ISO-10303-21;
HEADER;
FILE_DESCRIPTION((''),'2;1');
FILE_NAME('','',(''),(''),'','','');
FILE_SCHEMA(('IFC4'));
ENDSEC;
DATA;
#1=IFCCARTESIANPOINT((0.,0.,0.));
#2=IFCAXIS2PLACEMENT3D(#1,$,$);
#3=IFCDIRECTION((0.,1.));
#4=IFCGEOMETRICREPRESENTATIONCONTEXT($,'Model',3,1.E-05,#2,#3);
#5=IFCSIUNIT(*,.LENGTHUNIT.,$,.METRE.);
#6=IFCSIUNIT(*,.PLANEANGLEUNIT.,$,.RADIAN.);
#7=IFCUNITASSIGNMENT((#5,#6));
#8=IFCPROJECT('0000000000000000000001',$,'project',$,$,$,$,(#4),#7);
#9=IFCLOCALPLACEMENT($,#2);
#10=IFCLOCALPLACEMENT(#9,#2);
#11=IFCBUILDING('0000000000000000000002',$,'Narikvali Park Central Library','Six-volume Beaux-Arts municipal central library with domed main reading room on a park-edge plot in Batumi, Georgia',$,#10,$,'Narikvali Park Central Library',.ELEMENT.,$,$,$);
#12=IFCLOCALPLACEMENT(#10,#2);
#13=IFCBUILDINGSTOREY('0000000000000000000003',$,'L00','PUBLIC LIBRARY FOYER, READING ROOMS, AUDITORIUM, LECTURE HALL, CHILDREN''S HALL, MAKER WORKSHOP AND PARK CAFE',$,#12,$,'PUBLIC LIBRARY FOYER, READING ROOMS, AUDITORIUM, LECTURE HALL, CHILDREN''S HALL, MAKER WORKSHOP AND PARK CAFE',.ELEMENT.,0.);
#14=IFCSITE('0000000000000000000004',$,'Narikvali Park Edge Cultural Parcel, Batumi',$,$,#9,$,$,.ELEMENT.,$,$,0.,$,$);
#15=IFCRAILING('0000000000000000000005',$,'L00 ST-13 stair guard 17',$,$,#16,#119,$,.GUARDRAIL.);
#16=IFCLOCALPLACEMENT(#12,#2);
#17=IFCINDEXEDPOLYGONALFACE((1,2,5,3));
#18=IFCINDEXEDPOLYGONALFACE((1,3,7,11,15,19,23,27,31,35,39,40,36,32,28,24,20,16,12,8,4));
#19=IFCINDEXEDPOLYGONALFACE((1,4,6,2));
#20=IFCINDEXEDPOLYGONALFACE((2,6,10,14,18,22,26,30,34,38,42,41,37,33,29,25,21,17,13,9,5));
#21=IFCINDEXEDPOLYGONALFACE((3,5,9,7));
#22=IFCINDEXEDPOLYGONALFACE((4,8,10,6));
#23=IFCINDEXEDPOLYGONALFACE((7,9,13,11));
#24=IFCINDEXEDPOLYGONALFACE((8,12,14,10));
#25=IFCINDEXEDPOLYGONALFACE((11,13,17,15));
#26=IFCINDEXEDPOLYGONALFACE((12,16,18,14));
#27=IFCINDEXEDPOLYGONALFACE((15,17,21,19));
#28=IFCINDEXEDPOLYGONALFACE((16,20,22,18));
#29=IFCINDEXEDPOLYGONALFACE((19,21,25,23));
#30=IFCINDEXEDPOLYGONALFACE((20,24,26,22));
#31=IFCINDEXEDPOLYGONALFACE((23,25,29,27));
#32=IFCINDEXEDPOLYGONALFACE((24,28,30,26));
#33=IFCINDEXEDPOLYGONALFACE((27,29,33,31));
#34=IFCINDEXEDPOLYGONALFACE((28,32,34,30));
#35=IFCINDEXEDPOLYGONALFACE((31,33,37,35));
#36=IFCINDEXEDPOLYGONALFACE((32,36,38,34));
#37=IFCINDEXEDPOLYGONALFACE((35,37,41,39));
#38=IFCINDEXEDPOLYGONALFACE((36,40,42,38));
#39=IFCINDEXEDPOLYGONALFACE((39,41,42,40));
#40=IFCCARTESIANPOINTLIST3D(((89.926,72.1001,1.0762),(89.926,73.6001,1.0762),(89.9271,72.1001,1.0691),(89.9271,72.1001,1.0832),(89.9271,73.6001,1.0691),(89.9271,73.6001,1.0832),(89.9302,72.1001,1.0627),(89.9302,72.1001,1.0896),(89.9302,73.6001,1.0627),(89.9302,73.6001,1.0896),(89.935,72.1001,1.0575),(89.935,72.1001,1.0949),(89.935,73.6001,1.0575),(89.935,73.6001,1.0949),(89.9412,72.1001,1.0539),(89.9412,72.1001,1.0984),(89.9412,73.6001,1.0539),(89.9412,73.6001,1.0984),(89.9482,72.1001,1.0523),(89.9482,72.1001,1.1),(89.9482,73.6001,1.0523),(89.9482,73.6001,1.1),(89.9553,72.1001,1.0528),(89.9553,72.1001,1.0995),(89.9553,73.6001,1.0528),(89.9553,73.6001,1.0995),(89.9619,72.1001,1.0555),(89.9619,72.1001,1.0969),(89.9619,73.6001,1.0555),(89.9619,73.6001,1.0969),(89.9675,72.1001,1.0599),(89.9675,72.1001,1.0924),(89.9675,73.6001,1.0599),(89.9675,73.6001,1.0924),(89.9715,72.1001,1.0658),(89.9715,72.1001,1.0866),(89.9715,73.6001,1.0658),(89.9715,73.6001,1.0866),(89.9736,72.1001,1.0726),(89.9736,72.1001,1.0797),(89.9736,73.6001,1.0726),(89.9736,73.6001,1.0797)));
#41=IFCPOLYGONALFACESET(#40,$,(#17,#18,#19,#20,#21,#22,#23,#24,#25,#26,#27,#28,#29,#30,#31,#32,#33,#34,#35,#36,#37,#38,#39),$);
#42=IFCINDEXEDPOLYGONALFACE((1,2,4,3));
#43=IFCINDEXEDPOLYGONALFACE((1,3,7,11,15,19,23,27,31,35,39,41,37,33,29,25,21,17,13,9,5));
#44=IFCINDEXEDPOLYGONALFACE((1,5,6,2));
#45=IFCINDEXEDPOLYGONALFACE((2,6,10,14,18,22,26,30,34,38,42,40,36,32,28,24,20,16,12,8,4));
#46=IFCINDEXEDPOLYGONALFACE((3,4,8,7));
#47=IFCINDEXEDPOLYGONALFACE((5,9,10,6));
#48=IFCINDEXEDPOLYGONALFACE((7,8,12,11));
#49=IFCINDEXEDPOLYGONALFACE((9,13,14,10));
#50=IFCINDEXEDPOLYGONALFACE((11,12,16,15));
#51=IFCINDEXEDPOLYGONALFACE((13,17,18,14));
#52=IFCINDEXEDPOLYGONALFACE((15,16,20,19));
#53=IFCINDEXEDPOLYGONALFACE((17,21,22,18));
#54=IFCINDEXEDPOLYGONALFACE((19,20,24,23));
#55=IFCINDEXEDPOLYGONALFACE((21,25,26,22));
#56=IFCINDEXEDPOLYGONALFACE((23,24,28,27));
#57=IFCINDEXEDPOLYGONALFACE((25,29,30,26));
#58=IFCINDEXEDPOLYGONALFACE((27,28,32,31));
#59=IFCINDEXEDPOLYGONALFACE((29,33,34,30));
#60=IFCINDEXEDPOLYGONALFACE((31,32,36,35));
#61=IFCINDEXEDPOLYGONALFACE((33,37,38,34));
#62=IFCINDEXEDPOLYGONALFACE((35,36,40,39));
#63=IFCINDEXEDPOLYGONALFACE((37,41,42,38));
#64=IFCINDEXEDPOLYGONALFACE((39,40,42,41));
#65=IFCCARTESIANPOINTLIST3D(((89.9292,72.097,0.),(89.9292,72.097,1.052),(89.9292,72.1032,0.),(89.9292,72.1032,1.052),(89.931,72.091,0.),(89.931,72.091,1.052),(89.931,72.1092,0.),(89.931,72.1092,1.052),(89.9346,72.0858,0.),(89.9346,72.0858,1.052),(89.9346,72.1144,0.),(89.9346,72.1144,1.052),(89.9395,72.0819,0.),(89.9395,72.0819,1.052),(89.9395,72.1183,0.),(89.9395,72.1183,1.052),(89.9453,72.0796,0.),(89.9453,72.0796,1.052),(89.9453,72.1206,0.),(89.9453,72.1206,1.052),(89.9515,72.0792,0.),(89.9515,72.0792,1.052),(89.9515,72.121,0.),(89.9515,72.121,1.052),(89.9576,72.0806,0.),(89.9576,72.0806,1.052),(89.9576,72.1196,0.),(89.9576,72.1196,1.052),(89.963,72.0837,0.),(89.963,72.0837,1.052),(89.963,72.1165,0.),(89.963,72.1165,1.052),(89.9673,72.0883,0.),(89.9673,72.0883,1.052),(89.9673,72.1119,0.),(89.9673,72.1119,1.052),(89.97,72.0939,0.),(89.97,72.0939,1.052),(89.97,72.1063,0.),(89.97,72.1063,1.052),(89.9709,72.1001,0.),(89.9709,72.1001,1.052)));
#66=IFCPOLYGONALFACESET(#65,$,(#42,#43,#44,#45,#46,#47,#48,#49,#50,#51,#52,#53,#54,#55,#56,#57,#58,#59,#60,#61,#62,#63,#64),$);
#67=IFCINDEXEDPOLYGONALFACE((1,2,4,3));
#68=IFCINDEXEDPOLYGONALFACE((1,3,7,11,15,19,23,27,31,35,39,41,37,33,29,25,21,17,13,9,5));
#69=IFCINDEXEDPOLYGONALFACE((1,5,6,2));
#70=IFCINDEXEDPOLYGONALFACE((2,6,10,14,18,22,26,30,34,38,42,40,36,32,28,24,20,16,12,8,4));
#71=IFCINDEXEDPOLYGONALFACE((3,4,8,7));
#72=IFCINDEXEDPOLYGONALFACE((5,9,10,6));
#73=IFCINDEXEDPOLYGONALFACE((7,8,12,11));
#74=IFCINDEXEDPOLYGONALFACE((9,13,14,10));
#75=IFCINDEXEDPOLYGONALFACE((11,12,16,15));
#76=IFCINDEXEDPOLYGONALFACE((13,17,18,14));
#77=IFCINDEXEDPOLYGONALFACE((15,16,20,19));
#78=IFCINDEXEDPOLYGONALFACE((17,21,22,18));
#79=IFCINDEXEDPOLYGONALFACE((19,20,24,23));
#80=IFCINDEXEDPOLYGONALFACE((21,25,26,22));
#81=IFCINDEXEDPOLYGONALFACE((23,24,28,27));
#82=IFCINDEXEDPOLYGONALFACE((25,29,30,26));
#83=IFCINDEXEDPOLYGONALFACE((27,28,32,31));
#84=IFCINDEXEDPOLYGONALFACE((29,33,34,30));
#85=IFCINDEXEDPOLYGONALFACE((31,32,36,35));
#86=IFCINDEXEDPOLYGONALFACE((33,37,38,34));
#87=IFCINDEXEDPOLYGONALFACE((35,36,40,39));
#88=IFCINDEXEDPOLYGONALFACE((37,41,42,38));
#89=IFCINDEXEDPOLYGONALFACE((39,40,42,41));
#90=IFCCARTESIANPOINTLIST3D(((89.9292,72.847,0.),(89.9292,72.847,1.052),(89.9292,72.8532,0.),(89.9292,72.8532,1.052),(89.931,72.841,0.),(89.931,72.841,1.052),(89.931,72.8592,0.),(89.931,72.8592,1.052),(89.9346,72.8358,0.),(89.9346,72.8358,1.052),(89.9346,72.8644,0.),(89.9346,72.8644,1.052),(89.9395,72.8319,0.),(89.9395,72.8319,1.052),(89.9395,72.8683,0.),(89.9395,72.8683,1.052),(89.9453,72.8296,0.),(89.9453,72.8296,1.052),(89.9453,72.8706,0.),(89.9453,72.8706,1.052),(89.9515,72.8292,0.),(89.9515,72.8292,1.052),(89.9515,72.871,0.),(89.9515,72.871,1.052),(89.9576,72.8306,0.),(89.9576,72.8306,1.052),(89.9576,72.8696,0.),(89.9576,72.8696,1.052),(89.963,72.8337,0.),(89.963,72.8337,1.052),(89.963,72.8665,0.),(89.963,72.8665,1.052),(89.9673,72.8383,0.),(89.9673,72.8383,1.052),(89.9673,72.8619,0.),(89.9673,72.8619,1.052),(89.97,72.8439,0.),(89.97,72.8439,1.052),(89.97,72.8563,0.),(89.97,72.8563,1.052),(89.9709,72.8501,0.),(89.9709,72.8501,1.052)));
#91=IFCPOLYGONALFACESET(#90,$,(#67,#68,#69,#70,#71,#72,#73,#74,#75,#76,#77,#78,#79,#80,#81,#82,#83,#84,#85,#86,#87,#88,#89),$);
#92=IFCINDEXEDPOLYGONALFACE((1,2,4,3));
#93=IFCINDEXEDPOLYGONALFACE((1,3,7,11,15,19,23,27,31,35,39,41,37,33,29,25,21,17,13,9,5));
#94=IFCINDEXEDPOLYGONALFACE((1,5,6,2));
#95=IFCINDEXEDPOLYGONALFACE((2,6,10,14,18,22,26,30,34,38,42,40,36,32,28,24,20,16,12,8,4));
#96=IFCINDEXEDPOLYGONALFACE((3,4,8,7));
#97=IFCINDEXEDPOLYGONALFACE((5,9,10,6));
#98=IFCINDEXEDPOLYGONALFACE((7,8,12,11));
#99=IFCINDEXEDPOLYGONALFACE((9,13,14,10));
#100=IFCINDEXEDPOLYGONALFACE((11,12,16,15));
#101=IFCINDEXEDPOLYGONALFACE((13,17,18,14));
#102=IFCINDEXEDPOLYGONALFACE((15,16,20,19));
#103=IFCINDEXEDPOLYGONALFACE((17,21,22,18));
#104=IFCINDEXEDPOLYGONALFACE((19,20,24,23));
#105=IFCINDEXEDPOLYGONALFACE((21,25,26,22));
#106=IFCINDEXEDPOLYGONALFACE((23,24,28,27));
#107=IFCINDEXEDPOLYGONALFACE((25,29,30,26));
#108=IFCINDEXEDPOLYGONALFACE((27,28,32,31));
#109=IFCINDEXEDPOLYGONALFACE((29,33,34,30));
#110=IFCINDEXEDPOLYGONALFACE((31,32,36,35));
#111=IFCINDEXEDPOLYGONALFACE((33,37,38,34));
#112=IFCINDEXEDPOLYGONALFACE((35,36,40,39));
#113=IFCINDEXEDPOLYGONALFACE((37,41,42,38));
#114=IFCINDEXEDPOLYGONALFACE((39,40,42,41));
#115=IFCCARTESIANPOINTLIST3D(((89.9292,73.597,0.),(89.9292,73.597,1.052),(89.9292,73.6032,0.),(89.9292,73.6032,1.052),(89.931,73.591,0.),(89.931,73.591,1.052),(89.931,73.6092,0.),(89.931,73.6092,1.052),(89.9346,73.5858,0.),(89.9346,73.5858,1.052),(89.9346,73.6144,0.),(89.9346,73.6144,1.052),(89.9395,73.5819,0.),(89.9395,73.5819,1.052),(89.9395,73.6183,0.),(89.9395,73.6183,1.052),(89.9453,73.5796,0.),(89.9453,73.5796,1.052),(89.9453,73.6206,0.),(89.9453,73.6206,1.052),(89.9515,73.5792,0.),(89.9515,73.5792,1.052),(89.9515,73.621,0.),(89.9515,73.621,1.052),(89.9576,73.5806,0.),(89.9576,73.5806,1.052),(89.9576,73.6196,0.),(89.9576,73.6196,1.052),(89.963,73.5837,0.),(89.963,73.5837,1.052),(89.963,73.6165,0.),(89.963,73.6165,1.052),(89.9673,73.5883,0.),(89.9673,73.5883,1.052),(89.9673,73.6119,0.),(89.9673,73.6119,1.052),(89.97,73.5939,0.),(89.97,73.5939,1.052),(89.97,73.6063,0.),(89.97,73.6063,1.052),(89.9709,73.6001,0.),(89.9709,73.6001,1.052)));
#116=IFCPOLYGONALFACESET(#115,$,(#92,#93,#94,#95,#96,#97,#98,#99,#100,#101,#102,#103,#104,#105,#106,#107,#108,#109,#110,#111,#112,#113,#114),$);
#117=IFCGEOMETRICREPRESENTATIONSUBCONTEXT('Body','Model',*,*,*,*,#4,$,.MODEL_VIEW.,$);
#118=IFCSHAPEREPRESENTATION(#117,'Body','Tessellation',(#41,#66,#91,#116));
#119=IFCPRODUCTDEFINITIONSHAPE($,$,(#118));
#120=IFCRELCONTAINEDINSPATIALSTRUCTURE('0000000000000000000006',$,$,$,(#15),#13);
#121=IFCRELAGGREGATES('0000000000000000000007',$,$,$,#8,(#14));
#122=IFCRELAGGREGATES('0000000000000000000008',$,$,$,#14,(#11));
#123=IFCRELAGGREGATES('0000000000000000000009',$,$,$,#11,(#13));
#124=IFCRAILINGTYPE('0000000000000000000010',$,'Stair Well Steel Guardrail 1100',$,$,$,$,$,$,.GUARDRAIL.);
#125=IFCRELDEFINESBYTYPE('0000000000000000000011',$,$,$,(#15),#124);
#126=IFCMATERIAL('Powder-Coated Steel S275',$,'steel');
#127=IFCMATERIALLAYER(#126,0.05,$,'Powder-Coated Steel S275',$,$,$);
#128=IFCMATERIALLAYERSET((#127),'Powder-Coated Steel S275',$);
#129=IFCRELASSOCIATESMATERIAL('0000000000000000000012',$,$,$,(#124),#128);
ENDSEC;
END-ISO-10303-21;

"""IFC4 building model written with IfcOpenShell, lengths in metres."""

from ifc_helpers import new_model, si_unit, direction, frame, origin, origin_2d, place, context, subcontext, project, spatial, circle, extrude, material, layer, layer_set, type_object, element, save


model = new_model("IFC4")

# Units and contexts
model_context = context("Model", 3, precision=1e-05, world=origin(), true_north=direction((0.0, 1.0)))
body_context = subcontext(model_context, "Body", "Model", "MODEL_VIEW")
ifc_project = project(units=[si_unit("LENGTHUNIT", "METRE"), si_unit("PLANEANGLEUNIT", "RADIAN")], contexts=[model_context])

# Site, building, storey
site_placement = place(None, origin())
site = spatial("IfcSite", under=ifc_project, at=site_placement, Name="Narikvali Park Edge Cultural Parcel, Batumi", CompositionType="ELEMENT", RefElevation=0.0)
building_placement = place(site_placement, origin())
building = spatial("IfcBuilding", under=site, at=building_placement, Name="Narikvali Park Central Library", Description="Six-volume Beaux-Arts municipal central library with domed main reading room on a park-edge plot in Batumi, Georgia", LongName="Narikvali Park Central Library", CompositionType="ELEMENT")
storey_placement = place(building_placement, origin())
storey = spatial("IfcBuildingStorey", under=building, at=storey_placement, Name="L00", Description="PUBLIC LIBRARY FOYER, READING ROOMS, AUDITORIUM, LECTURE HALL, CHILDREN'S HALL, MAKER WORKSHOP AND PARK CAFE", LongName="PUBLIC LIBRARY FOYER, READING ROOMS, AUDITORIUM, LECTURE HALL, CHILDREN'S HALL, MAKER WORKSHOP AND PARK CAFE", CompositionType="ELEMENT", Elevation=0.0)

# Railing
ifc_material_1 = material(Name="Powder-Coated Steel S275", Category="steel")
ifc_layer_1 = layer(ifc_material_1, 0.05, Name="Powder-Coated Steel S275")
ifc_layer_set_1 = layer_set([ifc_layer_1], Name="Powder-Coated Steel S275")
railing_type_1 = type_object("IfcRailingType", Name="Stair Well Steel Guardrail 1100", PredefinedType="GUARDRAIL", material=ifc_layer_set_1)
for number, where, name in (
    (1, (89.95, 72.1001, 0.0), "L00 ST-13 stair guard 17"),
):
    element("IfcRailing", number, at=place(storey_placement, frame(where)), inside=storey, type_object=railing_type_1, Name=name, PredefinedType="GUARDRAIL", context=body_context, shape_type="SweptSolid", body=[
        extrude(circle(Radius=0.0239, at=origin_2d()), frame((0.0, 0.0, 1.0762), z_axis=(0.0, 1.0, 0.0), x_axis=(-1.0, 0.0, 0.0)), (0.0, 0.0, 1.0), 1.5),
        extrude(circle(Radius=0.021, at=origin_2d()), origin(), (0.0, 0.0, 1.0), 1.052),
        extrude(circle(Radius=0.021, at=origin_2d()), frame((0.0, 0.75, 0.0)), (0.0, 0.0, 1.0), 1.052),
        extrude(circle(Radius=0.021, at=origin_2d()), frame((0.0, 1.5, 0.0)), (0.0, 0.0, 1.0), 1.052),
    ])

save(model, "model.ifc")
